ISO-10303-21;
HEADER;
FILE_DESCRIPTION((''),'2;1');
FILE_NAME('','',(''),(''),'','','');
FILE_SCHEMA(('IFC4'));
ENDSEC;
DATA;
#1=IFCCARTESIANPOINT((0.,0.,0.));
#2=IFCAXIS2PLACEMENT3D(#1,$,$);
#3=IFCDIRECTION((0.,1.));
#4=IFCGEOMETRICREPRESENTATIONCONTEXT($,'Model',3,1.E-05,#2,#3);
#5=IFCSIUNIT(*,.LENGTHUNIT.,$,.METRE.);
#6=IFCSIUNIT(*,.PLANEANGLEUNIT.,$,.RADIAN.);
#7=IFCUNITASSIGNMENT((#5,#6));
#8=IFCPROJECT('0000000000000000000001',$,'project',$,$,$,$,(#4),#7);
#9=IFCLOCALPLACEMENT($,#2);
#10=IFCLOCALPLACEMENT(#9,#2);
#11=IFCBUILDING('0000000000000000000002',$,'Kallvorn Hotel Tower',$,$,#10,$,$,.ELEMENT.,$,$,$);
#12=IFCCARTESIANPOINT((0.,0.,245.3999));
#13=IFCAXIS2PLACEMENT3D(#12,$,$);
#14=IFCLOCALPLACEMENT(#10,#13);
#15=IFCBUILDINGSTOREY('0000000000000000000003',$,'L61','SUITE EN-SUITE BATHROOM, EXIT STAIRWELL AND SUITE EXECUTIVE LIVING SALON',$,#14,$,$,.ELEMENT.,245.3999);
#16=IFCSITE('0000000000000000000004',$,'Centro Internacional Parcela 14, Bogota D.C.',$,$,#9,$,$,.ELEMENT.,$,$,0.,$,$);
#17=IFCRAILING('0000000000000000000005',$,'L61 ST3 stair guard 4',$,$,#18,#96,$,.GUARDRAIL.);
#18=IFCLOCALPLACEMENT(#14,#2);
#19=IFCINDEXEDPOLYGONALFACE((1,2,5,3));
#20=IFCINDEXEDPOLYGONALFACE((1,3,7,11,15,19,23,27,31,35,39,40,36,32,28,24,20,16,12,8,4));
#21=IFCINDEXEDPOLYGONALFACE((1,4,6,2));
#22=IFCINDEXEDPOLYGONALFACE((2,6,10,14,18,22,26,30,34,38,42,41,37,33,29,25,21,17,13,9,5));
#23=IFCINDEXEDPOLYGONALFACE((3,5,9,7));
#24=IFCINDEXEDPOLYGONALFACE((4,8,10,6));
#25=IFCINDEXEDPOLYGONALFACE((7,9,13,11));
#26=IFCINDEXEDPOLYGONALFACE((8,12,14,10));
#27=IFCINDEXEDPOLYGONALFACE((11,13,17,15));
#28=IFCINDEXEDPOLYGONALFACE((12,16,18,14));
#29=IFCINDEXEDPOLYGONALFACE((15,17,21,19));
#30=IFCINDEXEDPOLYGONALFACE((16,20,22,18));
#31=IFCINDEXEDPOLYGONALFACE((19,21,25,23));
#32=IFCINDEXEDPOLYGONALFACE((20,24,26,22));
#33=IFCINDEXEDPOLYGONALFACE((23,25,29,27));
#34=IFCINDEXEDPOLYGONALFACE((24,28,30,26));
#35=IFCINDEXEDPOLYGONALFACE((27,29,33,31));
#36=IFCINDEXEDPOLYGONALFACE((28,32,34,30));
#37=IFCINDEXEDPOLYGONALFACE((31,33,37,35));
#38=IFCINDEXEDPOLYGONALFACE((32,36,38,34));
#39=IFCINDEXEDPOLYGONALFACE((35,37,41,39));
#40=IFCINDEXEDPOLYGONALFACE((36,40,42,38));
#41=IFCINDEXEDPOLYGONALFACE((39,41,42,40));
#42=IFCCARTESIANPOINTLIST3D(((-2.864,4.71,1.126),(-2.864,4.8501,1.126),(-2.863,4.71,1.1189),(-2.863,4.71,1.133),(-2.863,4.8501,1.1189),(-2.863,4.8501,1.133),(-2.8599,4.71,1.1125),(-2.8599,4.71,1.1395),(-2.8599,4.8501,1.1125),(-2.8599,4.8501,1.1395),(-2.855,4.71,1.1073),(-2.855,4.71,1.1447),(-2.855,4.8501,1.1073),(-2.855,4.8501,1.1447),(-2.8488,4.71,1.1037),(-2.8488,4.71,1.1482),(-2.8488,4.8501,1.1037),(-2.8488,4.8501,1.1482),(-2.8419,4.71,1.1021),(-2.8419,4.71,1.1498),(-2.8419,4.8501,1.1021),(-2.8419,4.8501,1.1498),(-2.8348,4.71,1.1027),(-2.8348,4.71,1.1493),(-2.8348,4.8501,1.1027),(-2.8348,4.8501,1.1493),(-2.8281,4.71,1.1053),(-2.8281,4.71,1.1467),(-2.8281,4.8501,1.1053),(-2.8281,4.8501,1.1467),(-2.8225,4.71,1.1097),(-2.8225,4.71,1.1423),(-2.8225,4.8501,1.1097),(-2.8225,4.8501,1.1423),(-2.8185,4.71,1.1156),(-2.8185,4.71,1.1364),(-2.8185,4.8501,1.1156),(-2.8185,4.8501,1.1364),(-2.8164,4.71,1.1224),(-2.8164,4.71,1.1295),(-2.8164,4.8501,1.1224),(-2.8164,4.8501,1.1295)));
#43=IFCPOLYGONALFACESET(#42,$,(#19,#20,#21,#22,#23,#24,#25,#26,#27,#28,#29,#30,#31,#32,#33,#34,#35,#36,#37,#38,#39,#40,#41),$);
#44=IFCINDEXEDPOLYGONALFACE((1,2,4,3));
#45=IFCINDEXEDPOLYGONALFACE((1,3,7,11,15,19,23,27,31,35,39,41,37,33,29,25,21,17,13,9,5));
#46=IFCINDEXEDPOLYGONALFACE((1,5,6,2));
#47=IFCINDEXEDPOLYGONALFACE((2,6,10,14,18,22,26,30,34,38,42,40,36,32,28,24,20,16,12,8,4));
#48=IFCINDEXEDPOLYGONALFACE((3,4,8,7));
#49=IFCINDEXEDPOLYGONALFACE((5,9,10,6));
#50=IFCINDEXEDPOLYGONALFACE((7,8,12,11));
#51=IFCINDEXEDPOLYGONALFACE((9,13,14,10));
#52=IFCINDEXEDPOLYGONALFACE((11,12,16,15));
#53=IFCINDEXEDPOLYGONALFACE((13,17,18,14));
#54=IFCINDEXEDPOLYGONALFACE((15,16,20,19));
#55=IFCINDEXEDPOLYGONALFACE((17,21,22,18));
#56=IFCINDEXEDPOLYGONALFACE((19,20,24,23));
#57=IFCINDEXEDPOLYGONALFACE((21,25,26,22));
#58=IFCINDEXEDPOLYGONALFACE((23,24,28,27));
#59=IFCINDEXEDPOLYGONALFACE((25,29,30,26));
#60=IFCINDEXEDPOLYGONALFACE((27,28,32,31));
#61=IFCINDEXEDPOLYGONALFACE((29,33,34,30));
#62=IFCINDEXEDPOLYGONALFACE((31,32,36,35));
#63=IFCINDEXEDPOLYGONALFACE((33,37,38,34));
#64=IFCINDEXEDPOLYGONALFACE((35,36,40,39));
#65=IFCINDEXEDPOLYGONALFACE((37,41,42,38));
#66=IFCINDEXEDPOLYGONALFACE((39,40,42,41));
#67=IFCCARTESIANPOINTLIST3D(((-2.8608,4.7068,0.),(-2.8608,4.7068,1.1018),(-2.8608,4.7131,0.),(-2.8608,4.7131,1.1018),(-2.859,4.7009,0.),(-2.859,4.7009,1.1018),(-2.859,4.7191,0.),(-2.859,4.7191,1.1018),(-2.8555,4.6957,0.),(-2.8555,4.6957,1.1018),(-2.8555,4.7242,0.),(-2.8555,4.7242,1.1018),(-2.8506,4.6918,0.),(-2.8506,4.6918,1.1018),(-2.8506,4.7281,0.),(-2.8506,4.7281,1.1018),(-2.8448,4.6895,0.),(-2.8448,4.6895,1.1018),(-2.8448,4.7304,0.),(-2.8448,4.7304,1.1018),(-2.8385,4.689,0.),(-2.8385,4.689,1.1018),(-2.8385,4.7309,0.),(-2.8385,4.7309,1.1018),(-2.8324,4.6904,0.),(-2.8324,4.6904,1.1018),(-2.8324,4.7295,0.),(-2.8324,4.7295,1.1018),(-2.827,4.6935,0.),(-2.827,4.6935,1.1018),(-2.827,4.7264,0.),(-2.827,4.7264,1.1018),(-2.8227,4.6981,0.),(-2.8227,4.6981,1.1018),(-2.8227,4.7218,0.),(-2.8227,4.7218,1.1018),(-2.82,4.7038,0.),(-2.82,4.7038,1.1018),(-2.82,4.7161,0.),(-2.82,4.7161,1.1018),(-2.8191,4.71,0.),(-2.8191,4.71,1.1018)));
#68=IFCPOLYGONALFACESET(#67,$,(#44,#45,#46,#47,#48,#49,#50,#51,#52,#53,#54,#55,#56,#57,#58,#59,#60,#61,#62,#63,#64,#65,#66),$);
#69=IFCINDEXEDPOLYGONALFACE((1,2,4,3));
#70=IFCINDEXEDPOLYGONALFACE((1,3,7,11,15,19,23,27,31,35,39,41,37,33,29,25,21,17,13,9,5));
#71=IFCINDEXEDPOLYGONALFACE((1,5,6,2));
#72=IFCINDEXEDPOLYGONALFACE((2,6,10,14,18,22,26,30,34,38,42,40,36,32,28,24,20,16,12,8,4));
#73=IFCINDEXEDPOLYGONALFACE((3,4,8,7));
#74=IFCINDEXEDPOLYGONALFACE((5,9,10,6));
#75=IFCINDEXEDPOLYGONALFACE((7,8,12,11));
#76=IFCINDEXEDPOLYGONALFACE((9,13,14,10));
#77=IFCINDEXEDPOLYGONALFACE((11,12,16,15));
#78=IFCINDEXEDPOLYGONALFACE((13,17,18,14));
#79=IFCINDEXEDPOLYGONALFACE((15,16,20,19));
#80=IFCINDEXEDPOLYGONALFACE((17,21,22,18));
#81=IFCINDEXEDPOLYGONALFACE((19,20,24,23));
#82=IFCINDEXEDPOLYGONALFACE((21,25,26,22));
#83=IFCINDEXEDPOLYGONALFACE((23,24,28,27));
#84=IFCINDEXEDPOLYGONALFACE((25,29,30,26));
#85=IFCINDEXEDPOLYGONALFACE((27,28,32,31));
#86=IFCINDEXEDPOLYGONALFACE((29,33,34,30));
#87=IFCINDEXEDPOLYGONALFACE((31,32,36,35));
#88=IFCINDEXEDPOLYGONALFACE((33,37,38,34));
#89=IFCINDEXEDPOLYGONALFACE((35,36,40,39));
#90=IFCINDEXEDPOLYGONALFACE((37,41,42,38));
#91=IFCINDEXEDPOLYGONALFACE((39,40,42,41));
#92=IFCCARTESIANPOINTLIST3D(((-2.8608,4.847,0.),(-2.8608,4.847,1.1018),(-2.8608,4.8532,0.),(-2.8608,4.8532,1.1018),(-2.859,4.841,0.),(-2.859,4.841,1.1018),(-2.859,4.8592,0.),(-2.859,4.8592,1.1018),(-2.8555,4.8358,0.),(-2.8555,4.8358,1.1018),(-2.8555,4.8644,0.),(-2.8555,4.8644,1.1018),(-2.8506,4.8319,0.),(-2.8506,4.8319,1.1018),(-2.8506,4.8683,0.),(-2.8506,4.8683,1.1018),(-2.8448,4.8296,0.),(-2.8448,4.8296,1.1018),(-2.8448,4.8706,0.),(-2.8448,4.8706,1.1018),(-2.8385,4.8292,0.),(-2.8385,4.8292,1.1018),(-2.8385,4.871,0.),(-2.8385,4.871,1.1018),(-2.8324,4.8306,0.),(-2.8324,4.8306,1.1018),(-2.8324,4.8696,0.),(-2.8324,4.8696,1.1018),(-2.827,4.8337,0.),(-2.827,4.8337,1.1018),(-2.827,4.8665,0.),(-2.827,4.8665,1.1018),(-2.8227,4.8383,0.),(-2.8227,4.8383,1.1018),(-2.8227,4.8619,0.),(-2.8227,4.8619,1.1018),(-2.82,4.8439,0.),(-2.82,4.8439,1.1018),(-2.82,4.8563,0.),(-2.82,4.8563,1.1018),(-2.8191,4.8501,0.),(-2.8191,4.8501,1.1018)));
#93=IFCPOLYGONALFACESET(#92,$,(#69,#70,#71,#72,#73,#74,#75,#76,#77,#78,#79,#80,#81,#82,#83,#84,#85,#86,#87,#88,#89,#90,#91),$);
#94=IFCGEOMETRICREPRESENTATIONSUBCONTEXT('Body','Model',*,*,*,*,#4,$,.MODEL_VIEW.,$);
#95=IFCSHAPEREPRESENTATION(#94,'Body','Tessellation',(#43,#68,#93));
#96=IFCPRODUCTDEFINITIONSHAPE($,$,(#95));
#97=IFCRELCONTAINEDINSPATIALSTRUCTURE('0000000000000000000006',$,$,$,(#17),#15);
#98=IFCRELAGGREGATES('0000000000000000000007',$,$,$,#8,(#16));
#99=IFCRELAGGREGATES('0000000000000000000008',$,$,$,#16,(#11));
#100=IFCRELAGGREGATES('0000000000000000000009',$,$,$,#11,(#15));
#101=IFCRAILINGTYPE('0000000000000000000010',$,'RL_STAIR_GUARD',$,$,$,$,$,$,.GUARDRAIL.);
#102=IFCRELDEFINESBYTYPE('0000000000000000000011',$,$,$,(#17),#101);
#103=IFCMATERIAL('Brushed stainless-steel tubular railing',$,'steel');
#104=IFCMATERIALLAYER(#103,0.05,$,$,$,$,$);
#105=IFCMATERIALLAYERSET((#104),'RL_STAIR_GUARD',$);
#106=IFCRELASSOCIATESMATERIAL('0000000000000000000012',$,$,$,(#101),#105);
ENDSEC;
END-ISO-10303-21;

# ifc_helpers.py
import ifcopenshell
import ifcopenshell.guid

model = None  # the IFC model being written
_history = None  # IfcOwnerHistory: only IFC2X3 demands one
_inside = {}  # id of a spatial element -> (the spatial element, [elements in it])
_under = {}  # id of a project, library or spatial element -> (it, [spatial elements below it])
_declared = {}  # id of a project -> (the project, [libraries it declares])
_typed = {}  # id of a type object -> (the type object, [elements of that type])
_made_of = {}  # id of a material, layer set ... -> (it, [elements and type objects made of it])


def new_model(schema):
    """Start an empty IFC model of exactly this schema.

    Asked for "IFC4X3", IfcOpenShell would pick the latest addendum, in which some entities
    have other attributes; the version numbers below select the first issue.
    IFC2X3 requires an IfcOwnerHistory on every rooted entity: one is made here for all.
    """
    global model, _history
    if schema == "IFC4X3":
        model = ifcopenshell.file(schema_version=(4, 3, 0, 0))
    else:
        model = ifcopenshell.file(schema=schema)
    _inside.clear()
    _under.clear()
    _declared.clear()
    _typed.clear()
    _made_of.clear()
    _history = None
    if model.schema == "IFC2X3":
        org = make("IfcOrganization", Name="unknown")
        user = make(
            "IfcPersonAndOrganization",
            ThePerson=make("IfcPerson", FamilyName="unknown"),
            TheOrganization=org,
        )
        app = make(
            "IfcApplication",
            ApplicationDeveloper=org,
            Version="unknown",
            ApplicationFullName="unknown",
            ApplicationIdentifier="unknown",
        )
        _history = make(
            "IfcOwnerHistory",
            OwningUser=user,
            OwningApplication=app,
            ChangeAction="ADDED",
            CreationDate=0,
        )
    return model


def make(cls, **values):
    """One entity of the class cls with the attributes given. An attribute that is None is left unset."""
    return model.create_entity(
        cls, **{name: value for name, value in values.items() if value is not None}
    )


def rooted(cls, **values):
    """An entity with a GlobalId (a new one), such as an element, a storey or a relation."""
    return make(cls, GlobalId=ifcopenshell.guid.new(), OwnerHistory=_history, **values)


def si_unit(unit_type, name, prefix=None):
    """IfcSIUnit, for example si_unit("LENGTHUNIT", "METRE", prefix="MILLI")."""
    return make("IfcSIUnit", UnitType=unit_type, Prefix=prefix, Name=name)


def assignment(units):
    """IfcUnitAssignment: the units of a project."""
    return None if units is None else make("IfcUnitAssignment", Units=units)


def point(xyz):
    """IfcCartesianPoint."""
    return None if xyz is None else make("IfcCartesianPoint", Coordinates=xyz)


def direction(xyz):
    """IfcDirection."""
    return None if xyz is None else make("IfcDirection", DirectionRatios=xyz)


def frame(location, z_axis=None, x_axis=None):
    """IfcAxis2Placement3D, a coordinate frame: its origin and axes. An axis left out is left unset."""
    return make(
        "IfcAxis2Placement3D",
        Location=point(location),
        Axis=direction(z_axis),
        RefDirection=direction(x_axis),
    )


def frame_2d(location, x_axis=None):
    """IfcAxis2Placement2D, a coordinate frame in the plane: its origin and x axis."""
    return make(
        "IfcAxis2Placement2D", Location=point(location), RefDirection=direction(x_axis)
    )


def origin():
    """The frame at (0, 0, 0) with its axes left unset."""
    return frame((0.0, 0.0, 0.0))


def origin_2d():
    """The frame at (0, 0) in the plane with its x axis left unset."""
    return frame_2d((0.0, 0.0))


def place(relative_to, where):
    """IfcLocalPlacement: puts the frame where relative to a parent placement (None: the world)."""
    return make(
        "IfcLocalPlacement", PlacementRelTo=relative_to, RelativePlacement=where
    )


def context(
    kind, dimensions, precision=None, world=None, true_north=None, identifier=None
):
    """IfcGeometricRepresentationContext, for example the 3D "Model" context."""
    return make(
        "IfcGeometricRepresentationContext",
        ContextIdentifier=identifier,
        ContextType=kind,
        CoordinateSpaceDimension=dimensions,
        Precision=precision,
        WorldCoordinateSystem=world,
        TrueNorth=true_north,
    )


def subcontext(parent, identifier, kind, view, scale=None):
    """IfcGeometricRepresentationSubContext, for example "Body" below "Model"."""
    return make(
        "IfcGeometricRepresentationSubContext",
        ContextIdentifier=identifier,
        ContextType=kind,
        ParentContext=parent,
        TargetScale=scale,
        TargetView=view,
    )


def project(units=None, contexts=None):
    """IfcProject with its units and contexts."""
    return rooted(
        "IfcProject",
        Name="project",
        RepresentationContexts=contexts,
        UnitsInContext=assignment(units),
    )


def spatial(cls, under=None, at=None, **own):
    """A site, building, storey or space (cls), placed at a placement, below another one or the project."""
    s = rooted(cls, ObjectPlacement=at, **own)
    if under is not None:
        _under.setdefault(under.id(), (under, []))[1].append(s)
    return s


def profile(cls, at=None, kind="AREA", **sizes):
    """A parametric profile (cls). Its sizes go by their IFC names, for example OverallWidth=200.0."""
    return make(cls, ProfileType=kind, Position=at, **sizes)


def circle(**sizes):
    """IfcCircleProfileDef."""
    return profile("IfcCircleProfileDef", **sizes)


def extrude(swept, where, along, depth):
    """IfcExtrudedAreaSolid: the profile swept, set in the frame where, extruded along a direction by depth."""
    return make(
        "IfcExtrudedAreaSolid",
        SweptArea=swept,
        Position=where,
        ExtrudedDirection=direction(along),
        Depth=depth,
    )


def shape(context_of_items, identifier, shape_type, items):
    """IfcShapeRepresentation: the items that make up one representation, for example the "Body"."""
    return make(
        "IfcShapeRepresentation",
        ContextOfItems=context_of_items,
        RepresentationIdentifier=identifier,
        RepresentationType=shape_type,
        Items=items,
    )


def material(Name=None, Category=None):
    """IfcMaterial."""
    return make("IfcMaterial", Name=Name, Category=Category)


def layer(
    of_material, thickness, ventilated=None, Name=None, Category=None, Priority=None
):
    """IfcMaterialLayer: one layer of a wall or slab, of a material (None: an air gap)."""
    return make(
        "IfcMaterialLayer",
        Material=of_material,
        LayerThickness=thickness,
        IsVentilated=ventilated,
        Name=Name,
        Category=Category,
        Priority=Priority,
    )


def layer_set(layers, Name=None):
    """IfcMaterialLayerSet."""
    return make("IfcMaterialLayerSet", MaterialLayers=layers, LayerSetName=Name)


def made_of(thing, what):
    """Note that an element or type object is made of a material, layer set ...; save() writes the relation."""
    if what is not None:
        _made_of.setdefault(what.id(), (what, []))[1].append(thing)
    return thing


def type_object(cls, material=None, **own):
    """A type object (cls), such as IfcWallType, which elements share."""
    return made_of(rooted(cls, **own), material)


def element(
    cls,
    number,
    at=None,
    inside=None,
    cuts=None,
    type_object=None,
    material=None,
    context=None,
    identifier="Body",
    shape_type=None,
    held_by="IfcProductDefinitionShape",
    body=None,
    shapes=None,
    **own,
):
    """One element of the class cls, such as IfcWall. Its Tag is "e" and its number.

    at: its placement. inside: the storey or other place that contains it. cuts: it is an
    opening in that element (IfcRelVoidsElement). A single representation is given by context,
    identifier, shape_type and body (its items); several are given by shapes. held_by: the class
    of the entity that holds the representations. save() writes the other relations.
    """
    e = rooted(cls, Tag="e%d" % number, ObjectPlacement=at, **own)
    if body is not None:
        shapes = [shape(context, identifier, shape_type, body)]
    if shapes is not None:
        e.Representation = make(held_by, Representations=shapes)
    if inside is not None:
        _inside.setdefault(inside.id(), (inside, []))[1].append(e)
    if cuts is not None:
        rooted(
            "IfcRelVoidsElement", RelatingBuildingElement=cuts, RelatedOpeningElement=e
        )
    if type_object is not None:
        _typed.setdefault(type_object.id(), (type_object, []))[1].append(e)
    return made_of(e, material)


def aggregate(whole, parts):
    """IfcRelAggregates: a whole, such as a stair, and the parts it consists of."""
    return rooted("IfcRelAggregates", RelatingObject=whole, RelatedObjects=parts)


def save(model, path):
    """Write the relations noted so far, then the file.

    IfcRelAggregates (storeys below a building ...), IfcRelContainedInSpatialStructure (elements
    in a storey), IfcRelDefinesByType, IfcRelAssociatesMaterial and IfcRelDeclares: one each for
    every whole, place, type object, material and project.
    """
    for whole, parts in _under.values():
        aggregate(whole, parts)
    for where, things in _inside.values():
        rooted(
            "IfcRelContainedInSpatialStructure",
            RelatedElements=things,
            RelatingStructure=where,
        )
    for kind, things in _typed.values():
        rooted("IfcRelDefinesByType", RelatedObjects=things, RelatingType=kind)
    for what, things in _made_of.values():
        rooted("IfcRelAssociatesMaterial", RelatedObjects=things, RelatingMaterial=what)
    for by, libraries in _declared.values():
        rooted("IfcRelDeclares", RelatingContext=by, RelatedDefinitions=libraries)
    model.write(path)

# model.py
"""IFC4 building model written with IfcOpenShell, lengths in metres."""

from ifc_helpers import new_model, si_unit, direction, frame, origin, origin_2d, place, context, subcontext, project, spatial, circle, extrude, material, layer, layer_set, type_object, element, save


model = new_model("IFC4")

# Units and contexts
model_context = context("Model", 3, precision=1e-05, world=origin(), true_north=direction((0.0, 1.0)))
body_context = subcontext(model_context, "Body", "Model", "MODEL_VIEW")
ifc_project = project(units=[si_unit("LENGTHUNIT", "METRE"), si_unit("PLANEANGLEUNIT", "RADIAN")], contexts=[model_context])

# Site, building, storey
site_placement = place(None, origin())
site = spatial("IfcSite", under=ifc_project, at=site_placement, Name="Centro Internacional Parcela 14, Bogota D.C.", CompositionType="ELEMENT", RefElevation=0.0)
building_placement = place(site_placement, origin())
building = spatial("IfcBuilding", under=site, at=building_placement, Name="Kallvorn Hotel Tower", CompositionType="ELEMENT")
storey_placement = place(building_placement, frame((0.0, 0.0, 245.3999)))
storey = spatial("IfcBuildingStorey", under=building, at=storey_placement, Name="L61", Description="SUITE EN-SUITE BATHROOM, EXIT STAIRWELL AND SUITE EXECUTIVE LIVING SALON", CompositionType="ELEMENT", Elevation=245.3999)

# Railing
ifc_material_1 = material(Name="Brushed stainless-steel tubular railing", Category="steel")
ifc_layer_1 = layer(ifc_material_1, 0.05)
ifc_layer_set_1 = layer_set([ifc_layer_1], Name="RL_STAIR_GUARD")
railing_type_1 = type_object("IfcRailingType", Name="RL_STAIR_GUARD", PredefinedType="GUARDRAIL", material=ifc_layer_set_1)
railing_1_placement = place(storey_placement, frame((-2.8401, 4.71, 0.0)))
element("IfcRailing", 1, at=railing_1_placement, inside=storey, type_object=railing_type_1, Name="L61 ST3 stair guard 4", PredefinedType="GUARDRAIL", context=body_context, shape_type="SweptSolid", body=[
    extrude(circle(Radius=0.0239, at=origin_2d()), frame((0.0, 0.0, 1.126), z_axis=(0.0, 1.0, 0.0), x_axis=(-1.0, 0.0, 0.0)), (0.0, 0.0, 1.0), 0.1401),
    extrude(circle(Radius=0.021, at=origin_2d()), origin(), (0.0, 0.0, 1.0), 1.1018),
    extrude(circle(Radius=0.021, at=origin_2d()), frame((0.0, 0.1401, 0.0)), (0.0, 0.0, 1.0), 1.1018),
])

save(model, "model.ifc")
